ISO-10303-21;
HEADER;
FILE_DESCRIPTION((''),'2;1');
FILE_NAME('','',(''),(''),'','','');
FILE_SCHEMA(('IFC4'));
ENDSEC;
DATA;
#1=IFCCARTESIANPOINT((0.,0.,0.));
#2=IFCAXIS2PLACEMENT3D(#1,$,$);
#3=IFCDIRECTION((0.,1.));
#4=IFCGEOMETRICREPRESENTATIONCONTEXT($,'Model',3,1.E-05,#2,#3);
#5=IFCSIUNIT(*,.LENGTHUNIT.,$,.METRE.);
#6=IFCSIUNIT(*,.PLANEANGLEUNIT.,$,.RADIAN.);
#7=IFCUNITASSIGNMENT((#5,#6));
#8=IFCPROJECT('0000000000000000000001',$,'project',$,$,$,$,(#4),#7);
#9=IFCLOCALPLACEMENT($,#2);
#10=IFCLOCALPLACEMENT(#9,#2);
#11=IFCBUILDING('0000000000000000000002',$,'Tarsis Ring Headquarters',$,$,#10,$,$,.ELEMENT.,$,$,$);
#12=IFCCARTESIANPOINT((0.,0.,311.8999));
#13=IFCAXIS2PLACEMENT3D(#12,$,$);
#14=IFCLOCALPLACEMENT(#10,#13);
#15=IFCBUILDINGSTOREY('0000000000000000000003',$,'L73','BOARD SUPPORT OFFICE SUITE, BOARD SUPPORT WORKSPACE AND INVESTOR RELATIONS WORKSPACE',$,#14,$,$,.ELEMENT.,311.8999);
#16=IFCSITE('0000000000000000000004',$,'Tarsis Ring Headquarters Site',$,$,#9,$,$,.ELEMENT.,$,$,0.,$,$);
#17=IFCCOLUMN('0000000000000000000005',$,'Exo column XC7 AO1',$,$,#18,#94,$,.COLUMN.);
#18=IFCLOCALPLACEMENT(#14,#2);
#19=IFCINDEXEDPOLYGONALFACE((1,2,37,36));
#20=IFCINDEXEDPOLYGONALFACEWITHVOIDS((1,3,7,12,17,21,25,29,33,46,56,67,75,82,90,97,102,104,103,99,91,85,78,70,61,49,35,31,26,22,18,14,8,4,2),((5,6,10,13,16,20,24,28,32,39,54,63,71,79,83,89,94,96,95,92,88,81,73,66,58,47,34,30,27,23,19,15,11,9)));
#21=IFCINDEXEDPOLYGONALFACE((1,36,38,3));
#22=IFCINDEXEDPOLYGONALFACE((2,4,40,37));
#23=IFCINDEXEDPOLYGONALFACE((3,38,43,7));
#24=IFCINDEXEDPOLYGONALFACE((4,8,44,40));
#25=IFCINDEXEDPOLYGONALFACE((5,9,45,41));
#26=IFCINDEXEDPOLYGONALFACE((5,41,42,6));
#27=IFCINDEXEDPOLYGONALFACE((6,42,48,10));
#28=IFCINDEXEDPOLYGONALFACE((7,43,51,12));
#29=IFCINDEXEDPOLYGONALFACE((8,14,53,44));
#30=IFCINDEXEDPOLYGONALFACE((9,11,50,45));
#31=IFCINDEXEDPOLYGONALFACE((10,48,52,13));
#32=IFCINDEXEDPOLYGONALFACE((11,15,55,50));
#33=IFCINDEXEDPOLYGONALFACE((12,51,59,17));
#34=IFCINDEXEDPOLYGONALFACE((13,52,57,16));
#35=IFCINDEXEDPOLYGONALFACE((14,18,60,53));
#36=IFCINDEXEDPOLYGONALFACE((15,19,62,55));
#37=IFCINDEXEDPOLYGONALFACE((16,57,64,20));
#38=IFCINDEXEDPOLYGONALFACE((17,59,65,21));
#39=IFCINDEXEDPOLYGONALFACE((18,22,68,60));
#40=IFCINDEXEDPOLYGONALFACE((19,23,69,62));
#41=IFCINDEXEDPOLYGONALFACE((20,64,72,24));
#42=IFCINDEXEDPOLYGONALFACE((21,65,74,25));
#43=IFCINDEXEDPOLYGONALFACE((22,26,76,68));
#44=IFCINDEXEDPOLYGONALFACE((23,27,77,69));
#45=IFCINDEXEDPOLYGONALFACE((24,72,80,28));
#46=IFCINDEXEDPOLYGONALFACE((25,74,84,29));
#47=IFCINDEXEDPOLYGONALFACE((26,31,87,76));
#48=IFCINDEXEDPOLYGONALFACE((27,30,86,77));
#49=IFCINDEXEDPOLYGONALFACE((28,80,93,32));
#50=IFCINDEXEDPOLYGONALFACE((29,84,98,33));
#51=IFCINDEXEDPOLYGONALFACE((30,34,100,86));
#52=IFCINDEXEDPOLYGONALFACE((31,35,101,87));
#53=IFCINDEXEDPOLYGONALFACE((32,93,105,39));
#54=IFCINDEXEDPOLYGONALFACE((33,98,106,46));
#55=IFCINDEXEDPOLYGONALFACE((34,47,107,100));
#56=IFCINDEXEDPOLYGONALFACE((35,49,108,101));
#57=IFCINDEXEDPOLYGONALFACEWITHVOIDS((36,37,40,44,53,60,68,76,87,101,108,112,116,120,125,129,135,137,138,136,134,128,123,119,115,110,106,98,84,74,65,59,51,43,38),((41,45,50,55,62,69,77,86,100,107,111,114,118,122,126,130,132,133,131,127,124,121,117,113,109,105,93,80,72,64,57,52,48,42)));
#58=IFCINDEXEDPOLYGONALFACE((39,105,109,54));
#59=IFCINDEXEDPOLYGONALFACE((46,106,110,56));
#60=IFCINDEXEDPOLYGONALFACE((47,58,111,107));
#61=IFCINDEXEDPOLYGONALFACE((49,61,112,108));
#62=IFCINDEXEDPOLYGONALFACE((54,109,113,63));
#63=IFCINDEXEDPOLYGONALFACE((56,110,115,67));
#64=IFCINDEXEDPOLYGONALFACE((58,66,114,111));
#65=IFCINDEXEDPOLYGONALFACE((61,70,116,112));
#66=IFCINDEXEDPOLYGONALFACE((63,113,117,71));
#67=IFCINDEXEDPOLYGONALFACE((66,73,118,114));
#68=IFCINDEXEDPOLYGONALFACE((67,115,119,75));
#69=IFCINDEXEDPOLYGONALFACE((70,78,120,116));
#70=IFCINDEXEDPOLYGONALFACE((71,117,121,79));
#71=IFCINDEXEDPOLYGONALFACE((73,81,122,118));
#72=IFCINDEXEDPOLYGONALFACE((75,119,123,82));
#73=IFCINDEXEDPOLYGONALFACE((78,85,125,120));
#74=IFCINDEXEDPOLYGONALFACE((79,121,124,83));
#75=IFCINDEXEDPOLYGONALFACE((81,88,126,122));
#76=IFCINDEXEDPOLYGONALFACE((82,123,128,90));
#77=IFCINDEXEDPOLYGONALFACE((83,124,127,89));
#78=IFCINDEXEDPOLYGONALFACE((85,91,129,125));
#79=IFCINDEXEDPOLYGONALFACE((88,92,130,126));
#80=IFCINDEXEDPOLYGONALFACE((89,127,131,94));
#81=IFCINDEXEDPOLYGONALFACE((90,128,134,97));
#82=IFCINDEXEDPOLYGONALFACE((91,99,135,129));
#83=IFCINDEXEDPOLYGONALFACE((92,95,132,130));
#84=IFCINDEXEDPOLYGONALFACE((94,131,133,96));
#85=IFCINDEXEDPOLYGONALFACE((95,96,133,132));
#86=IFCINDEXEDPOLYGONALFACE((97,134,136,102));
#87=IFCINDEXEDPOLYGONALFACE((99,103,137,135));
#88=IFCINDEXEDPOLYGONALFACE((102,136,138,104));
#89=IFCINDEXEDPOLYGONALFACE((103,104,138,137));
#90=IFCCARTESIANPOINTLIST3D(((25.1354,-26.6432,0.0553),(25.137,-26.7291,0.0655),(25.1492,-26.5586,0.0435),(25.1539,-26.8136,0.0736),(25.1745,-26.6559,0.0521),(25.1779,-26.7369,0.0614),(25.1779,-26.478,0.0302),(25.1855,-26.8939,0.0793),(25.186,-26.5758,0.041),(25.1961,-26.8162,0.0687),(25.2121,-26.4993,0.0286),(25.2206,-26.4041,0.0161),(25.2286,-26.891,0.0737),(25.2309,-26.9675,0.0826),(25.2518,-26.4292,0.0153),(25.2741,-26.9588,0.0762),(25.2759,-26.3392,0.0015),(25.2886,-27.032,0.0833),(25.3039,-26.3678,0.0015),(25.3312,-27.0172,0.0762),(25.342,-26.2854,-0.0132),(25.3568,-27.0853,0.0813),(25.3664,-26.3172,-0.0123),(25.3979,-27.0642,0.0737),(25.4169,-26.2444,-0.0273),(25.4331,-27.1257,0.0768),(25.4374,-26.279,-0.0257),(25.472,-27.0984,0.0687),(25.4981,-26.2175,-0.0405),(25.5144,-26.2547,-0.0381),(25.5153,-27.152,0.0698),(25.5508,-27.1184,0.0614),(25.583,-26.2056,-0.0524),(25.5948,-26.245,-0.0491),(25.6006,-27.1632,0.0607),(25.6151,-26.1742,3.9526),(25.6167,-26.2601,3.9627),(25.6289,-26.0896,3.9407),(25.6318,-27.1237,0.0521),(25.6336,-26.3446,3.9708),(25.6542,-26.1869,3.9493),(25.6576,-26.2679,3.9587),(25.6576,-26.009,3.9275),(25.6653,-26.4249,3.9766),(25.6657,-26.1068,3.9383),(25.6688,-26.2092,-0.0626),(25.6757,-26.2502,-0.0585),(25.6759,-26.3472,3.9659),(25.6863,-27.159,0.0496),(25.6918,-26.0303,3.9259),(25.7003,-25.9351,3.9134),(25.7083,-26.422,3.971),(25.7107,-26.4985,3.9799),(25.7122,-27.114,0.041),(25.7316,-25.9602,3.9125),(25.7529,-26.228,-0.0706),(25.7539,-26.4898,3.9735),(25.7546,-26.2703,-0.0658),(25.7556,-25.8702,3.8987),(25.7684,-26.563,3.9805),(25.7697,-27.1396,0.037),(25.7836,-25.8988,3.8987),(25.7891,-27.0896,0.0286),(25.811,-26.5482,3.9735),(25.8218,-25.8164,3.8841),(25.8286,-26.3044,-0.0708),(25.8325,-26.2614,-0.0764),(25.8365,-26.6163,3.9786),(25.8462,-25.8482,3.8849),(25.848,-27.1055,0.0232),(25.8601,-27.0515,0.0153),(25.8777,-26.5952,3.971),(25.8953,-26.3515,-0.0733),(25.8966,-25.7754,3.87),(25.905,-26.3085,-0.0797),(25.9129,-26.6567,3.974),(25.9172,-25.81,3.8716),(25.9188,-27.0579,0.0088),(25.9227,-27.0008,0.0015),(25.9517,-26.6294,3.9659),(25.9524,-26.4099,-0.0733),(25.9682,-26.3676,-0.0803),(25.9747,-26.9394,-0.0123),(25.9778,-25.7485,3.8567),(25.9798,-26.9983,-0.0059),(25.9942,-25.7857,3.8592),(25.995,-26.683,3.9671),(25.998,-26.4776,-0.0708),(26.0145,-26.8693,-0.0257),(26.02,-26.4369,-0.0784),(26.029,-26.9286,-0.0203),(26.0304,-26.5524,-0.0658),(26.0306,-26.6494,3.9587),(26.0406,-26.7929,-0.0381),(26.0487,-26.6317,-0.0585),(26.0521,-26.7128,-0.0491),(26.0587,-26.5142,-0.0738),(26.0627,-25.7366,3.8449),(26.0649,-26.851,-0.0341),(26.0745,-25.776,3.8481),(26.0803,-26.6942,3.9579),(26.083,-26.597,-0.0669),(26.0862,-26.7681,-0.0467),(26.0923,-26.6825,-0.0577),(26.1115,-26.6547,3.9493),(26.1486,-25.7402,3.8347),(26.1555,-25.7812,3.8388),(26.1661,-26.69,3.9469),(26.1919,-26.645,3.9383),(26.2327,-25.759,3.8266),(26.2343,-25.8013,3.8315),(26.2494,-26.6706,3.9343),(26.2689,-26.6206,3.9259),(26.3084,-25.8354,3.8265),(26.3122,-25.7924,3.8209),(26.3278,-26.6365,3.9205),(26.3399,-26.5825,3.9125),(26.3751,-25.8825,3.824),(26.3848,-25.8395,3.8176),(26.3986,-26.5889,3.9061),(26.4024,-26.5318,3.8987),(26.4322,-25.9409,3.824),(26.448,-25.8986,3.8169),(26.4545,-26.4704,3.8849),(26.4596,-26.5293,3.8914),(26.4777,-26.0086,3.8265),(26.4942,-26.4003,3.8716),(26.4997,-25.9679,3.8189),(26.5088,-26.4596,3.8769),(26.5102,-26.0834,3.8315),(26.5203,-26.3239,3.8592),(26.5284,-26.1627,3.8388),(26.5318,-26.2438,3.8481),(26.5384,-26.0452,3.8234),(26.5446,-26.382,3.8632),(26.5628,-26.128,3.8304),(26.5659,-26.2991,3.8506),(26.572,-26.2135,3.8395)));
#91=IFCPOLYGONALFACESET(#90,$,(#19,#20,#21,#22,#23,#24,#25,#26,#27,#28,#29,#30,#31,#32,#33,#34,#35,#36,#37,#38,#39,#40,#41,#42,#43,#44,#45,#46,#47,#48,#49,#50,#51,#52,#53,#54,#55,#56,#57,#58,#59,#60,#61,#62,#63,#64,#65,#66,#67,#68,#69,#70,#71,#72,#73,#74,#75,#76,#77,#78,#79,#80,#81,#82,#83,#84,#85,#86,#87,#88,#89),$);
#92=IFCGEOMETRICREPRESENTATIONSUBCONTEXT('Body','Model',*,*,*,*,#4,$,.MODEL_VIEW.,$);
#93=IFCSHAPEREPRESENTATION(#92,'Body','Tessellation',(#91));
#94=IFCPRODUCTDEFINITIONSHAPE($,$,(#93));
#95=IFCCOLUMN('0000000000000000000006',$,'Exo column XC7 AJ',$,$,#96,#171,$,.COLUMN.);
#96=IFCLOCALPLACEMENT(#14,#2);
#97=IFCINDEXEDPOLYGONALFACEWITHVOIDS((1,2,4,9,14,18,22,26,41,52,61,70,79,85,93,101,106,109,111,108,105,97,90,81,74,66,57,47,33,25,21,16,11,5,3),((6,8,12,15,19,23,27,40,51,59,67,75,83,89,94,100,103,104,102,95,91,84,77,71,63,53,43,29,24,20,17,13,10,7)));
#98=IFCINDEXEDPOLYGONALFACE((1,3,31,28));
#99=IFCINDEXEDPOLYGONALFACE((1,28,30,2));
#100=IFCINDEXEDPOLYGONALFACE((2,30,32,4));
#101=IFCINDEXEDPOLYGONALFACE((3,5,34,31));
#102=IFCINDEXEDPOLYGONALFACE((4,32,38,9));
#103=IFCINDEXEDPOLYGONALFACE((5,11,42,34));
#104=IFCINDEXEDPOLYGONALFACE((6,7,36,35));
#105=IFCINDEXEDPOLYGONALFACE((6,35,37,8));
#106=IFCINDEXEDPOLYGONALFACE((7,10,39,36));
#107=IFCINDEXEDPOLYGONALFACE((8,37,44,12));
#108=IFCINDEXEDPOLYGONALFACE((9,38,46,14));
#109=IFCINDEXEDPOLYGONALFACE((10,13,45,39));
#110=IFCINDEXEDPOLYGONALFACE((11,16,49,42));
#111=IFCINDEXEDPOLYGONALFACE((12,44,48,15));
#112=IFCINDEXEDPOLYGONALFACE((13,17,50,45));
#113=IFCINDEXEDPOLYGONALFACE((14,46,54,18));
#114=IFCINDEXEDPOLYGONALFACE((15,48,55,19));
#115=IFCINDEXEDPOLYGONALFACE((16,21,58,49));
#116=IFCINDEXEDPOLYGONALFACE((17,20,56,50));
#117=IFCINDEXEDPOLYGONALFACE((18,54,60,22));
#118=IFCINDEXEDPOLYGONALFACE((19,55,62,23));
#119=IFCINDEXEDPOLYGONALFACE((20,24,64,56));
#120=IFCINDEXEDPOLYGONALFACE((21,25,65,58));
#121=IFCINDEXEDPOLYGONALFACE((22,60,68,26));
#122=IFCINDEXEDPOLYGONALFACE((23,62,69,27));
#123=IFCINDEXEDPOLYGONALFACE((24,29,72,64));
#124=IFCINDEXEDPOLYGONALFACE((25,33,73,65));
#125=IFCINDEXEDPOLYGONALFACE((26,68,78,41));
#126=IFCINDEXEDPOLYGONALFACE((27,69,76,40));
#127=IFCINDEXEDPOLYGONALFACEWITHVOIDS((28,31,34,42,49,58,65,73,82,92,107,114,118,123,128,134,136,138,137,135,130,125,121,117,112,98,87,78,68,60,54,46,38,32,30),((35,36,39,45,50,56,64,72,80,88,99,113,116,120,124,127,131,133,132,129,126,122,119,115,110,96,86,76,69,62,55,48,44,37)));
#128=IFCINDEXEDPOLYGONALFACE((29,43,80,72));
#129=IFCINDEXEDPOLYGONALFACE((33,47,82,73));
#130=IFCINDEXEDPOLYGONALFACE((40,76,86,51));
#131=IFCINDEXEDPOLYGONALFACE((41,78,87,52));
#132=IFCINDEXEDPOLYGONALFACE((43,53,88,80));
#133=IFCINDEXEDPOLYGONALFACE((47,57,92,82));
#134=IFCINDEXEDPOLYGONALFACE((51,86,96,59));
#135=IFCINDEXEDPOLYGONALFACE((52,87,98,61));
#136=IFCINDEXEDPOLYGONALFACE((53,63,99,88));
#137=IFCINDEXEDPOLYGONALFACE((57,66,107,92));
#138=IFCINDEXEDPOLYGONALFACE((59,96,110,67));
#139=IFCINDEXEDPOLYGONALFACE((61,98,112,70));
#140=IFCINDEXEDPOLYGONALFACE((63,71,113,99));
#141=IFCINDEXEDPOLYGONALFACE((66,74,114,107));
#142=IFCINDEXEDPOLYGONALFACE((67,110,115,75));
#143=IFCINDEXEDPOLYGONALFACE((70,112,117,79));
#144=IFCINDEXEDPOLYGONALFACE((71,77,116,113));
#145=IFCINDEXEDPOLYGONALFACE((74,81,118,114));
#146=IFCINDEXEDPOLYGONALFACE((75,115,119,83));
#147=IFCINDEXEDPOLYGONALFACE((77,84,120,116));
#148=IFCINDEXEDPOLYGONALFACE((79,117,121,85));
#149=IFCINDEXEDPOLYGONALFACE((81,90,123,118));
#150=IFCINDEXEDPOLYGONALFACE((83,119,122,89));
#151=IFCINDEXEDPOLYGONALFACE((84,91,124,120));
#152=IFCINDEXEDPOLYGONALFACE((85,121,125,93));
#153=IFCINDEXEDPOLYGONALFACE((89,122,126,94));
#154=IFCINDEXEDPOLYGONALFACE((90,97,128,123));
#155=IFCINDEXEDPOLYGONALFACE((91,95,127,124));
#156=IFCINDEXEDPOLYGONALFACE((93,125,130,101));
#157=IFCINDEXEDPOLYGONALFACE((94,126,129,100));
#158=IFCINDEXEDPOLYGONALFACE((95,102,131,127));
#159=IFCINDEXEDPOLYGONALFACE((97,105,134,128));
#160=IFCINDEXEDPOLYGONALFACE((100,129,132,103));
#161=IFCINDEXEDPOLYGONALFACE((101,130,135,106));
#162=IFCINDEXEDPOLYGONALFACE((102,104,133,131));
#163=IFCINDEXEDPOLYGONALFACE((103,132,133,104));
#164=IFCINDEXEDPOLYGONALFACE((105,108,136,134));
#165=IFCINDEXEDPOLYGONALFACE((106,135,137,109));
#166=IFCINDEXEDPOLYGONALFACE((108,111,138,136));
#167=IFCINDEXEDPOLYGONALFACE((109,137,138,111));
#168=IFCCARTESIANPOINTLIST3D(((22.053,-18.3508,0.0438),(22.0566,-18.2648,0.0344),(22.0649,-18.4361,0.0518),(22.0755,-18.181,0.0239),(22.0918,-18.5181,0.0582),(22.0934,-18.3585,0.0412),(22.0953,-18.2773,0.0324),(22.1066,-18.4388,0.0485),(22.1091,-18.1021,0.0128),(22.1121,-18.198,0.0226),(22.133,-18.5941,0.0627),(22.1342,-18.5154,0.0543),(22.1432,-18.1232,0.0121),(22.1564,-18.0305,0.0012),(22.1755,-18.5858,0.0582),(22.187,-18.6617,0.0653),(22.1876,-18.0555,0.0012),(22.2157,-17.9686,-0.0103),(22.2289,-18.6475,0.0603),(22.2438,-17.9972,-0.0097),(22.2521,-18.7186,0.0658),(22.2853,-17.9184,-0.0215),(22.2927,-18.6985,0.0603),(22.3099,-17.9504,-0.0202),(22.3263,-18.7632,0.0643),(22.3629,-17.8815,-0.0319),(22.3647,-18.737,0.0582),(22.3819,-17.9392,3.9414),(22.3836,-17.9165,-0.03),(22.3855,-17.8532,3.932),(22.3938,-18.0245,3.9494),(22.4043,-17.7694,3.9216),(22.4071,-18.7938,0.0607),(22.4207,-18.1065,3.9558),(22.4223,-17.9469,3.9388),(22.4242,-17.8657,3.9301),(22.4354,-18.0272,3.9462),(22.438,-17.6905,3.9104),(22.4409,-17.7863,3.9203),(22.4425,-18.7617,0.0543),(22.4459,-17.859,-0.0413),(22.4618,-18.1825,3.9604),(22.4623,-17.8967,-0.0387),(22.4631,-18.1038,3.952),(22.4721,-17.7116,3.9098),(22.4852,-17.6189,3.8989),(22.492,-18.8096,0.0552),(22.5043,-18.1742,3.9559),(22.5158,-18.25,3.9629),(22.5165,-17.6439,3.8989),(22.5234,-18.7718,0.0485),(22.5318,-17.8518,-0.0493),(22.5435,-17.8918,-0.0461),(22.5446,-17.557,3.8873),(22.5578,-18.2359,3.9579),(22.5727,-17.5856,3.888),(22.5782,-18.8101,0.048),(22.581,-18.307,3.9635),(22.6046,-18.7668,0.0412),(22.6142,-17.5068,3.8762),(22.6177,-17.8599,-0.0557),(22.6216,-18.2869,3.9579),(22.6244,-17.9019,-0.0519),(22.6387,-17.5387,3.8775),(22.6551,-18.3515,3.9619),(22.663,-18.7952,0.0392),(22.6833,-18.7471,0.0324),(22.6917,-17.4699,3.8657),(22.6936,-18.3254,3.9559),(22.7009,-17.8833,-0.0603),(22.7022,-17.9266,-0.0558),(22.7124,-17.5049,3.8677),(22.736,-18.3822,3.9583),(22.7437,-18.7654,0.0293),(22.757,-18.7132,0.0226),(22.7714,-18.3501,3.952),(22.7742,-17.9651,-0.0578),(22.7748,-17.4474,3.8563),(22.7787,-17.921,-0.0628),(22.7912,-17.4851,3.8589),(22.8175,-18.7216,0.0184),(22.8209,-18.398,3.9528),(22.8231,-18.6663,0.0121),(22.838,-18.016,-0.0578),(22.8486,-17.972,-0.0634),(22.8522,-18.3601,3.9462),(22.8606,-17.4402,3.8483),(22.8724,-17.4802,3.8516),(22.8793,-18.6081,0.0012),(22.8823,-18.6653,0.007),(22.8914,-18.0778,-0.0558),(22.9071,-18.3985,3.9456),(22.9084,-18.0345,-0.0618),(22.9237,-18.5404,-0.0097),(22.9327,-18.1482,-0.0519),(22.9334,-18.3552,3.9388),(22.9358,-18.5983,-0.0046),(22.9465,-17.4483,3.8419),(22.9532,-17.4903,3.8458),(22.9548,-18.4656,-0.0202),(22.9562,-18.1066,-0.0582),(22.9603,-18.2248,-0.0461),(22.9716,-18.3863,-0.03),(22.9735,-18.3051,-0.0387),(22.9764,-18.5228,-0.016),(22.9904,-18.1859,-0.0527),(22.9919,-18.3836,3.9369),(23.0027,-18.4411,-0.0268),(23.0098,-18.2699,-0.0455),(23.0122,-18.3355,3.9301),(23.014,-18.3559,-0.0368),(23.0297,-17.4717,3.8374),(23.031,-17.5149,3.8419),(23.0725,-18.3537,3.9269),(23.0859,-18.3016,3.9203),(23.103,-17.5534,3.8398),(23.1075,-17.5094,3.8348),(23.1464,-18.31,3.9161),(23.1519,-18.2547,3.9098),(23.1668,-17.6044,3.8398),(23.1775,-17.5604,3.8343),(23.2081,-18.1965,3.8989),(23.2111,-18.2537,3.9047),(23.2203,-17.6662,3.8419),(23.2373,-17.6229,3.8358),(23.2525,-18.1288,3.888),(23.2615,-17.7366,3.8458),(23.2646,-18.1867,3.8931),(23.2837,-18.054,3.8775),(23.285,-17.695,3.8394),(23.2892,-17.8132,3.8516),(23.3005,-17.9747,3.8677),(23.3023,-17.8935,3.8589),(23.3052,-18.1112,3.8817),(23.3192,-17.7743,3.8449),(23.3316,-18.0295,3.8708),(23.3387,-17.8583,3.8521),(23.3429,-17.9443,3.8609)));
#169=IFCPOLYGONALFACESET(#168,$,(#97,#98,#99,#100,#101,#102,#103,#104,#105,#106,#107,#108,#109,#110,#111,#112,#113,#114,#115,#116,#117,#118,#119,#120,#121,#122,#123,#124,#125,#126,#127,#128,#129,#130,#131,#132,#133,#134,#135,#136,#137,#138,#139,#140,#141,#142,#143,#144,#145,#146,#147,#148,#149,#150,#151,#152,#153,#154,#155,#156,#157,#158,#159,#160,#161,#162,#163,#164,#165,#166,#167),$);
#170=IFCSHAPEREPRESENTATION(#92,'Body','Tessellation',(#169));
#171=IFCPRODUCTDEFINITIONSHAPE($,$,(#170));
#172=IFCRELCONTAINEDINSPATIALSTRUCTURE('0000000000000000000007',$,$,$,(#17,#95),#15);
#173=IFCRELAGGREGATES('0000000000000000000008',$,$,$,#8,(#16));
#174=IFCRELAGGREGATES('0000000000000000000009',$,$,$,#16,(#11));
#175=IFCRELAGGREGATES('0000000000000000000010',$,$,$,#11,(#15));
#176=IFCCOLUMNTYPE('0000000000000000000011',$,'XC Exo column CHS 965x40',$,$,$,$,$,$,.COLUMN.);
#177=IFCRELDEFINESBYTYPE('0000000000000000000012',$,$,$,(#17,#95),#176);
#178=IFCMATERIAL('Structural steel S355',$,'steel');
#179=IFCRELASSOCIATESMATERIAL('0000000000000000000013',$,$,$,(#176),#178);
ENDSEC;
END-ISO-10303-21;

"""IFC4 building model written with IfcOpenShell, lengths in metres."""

from ifc_helpers import new_model, si_unit, direction, frame, origin, origin_2d, place, context, subcontext, project, spatial, hollow_circle, extrude, material, material_profile, profile_set, type_object, element, save


model = new_model("IFC4")

# Units and contexts
model_context = context("Model", 3, precision=1e-05, world=origin(), true_north=direction((0.0, 1.0)))
body_context = subcontext(model_context, "Body", "Model", "MODEL_VIEW")
ifc_project = project(units=[si_unit("LENGTHUNIT", "METRE"), si_unit("PLANEANGLEUNIT", "RADIAN")], contexts=[model_context])

# Site, building, storey
site_placement = place(None, origin())
site = spatial("IfcSite", under=ifc_project, at=site_placement, Name="Tarsis Ring Headquarters Site", CompositionType="ELEMENT", RefElevation=0.0)
building_placement = place(site_placement, origin())
building = spatial("IfcBuilding", under=site, at=building_placement, Name="Tarsis Ring Headquarters", CompositionType="ELEMENT")
storey_placement = place(building_placement, frame((0.0, 0.0, 311.8999)))
storey = spatial("IfcBuildingStorey", under=building, at=storey_placement, Name="L73", Description="BOARD SUPPORT OFFICE SUITE, BOARD SUPPORT WORKSPACE AND INVESTOR RELATIONS WORKSPACE", CompositionType="ELEMENT", Elevation=311.8999)

# Columns
ifc_material_1 = material(Name="Structural steel S355", Category="steel")
ifc_material_profile_1 = material_profile(ifc_material_1, hollow_circle(Radius=0.4827, WallThickness=0.04, at=origin_2d()), Name="CHS 965x40")
ifc_profile_set_1 = profile_set([ifc_material_profile_1], Name="Structural steel S355")
column_type = type_object("IfcColumnType", Name="XC Exo column CHS 965x40", PredefinedType="COLUMN", material=ifc_profile_set_1)
column_placement = place(storey_placement, frame((25.6133, -26.6843, 0.0015), z_axis=(0.121313, 0.118596, 0.985504), x_axis=(-0.699056, 0.715067, 0.0)))
element("IfcColumn", 1, at=column_placement, inside=storey, type_object=column_type, Name="Exo column XC7 AO1", PredefinedType="COLUMN", context=body_context, shape_type="SweptSolid", body=[
    extrude(hollow_circle(Radius=0.4827, WallThickness=0.04, at=origin_2d()), origin(), (0.0, 0.0, 1.0), 3.9546),
])
for number, where, z_axis, x_axis, name in (
    (2, (22.5334, -18.3318, 0.0012), (0.083612, 0.104654, 0.990988), (-0.781276, 0.624186, 0.0), "Exo column XC7 AJ"),
):
    element("IfcColumn", number, at=place(storey_placement, frame(where, z_axis=z_axis, x_axis=x_axis)), inside=storey, type_object=column_type, Name=name, PredefinedType="COLUMN", context=body_context, shape_type="SweptSolid", body=[
        extrude(hollow_circle(Radius=0.4827, WallThickness=0.04, at=origin_2d()), origin(), (0.0, 0.0, 1.0), 3.9331),
    ])

save(model, "model.ifc")
